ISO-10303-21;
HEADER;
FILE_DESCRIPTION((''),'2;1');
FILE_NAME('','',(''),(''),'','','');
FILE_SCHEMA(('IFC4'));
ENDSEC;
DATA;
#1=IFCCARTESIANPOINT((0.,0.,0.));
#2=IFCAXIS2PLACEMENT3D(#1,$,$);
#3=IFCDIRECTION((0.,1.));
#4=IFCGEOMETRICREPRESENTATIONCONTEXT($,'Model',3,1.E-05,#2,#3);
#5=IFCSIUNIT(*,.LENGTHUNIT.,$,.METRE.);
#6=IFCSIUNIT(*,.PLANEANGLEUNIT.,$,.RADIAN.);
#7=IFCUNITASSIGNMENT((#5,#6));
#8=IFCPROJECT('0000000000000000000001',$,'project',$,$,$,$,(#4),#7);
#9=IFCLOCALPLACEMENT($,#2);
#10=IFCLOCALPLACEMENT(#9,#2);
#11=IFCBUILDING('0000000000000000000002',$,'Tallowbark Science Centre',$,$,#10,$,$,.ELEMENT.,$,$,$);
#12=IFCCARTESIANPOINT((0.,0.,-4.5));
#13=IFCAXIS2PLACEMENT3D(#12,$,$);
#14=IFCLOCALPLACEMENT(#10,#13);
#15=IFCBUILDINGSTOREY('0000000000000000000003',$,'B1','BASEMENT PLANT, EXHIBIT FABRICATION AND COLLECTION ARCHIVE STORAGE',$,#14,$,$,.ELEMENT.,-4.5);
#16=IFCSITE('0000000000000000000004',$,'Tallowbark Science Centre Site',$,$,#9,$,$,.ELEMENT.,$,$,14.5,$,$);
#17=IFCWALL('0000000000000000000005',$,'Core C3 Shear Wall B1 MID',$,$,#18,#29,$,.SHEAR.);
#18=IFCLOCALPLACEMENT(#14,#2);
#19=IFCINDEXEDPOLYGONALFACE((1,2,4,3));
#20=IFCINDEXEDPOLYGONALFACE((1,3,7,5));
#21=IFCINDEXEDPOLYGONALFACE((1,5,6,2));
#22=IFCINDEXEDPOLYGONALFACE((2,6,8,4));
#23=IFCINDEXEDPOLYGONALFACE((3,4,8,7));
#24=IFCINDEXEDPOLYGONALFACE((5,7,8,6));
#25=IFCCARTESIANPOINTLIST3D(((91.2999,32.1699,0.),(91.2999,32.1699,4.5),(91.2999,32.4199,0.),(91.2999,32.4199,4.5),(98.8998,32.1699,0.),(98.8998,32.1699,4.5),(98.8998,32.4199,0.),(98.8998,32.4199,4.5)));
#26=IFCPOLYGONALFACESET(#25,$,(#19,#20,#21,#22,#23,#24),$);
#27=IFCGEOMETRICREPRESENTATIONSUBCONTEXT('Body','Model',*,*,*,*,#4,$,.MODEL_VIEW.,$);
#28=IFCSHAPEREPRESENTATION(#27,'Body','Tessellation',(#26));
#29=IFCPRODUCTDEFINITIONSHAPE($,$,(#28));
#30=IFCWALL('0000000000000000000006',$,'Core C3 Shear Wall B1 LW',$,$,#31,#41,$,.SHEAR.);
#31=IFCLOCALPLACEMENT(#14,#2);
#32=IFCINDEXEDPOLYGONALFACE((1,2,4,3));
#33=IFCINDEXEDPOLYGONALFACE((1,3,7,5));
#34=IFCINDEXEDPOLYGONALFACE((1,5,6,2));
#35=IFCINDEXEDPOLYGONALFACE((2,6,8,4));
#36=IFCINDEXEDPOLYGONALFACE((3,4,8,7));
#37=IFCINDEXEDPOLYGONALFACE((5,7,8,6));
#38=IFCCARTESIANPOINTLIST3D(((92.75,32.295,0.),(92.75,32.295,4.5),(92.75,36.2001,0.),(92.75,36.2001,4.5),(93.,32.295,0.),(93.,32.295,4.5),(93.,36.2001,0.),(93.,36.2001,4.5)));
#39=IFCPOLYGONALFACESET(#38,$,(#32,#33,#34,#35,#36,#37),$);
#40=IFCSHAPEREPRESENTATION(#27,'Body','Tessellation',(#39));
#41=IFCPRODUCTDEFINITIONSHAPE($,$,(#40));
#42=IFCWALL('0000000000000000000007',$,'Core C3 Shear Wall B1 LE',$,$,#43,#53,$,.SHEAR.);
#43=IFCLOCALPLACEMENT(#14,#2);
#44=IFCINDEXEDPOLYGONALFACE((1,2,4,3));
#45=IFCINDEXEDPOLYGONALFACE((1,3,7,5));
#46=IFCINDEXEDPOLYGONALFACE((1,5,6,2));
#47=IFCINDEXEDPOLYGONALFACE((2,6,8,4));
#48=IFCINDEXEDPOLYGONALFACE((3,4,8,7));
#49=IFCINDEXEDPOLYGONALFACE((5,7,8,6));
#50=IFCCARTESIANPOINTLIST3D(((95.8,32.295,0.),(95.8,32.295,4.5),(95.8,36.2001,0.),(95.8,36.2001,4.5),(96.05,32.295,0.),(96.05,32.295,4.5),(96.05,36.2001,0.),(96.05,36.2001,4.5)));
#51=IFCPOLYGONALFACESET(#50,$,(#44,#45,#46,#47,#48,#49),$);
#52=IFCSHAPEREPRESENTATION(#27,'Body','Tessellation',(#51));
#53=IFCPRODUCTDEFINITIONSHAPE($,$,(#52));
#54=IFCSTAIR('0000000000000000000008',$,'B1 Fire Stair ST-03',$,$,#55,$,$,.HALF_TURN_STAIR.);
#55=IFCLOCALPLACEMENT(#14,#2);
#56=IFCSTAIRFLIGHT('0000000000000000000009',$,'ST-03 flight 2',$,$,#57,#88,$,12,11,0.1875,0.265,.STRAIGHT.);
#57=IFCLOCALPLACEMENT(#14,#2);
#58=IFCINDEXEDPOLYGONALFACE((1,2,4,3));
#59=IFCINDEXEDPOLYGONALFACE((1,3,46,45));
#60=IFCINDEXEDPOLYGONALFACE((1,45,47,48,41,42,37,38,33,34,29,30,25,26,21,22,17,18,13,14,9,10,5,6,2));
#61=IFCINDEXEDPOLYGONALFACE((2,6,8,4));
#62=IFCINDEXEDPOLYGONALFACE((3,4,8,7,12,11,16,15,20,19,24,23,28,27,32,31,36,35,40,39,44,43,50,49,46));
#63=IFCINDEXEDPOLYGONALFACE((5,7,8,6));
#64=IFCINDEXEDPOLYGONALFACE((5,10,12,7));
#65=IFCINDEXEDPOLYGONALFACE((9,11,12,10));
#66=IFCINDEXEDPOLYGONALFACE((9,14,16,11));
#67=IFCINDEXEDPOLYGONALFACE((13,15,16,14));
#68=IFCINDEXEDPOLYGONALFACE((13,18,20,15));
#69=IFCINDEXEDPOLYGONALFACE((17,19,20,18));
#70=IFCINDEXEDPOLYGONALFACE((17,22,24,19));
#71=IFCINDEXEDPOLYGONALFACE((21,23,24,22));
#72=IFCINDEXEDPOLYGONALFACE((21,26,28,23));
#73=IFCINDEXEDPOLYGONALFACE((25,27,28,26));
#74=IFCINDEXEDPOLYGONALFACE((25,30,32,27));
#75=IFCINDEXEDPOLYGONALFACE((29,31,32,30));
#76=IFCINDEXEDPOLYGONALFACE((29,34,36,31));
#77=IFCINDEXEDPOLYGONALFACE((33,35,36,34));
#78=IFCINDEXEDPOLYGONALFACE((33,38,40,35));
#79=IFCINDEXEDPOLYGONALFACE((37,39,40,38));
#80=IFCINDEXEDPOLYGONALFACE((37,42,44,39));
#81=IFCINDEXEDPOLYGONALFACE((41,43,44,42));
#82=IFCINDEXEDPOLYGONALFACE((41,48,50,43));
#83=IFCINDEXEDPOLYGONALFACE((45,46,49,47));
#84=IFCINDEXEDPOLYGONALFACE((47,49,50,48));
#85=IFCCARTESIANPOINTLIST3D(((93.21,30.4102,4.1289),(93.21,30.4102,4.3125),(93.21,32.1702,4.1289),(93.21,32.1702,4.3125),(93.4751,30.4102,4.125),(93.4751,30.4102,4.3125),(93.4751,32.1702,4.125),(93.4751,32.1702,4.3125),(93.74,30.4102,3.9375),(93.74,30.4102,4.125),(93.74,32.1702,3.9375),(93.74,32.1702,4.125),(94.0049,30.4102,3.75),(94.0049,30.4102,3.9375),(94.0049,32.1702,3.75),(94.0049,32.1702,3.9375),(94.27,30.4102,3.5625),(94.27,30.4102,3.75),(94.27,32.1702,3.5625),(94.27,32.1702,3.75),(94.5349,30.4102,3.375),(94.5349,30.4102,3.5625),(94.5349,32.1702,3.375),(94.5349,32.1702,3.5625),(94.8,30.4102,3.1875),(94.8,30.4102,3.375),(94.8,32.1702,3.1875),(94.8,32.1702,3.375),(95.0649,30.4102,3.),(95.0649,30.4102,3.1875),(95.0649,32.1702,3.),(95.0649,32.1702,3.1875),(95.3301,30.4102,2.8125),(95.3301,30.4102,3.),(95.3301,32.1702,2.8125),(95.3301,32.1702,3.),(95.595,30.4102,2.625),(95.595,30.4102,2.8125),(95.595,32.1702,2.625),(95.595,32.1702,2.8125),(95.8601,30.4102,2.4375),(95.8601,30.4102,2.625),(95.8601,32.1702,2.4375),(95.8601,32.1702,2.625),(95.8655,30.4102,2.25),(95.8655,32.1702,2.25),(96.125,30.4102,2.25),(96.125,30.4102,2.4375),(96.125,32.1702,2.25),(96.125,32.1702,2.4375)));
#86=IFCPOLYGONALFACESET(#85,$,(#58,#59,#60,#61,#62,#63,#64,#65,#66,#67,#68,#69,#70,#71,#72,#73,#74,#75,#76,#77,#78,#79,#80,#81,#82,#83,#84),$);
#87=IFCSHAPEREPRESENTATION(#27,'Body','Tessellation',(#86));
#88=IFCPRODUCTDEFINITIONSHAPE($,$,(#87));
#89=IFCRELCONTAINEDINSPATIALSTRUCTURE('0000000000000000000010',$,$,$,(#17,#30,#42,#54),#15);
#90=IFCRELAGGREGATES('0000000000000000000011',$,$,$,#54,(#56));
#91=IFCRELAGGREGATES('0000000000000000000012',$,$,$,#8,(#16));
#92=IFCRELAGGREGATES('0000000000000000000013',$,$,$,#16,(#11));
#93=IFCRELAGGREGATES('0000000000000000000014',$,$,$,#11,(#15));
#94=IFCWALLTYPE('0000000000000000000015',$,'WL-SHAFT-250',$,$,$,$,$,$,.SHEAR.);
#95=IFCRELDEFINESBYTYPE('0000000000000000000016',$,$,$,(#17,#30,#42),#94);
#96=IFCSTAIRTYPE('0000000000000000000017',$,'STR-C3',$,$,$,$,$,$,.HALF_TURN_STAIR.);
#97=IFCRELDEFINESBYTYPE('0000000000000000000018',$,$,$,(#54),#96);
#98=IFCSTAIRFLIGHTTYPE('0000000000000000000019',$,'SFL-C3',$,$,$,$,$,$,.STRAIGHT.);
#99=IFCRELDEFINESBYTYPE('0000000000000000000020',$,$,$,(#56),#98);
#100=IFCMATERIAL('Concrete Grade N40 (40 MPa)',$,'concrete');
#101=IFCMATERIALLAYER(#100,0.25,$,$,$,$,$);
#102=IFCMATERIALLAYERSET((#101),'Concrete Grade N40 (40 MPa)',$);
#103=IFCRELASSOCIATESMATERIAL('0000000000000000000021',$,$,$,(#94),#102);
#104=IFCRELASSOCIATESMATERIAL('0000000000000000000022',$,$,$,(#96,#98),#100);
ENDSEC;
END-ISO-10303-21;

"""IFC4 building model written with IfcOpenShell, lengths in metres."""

from ifc_helpers import new_model, si_unit, direction, frame, frame_2d, origin, place, context, subcontext, project, spatial, polyline, rectangle, outline, extrude, material, layer, layer_set, type_object, element, aggregate, save


model = new_model("IFC4")

# Units and contexts
model_context = context("Model", 3, precision=1e-05, world=origin(), true_north=direction((0.0, 1.0)))
body_context = subcontext(model_context, "Body", "Model", "MODEL_VIEW")
ifc_project = project(units=[si_unit("LENGTHUNIT", "METRE"), si_unit("PLANEANGLEUNIT", "RADIAN")], contexts=[model_context])

# Site, building, storey
site_placement = place(None, origin())
site = spatial("IfcSite", under=ifc_project, at=site_placement, Name="Tallowbark Science Centre Site", CompositionType="ELEMENT", RefElevation=14.5)
building_placement = place(site_placement, origin())
building = spatial("IfcBuilding", under=site, at=building_placement, Name="Tallowbark Science Centre", CompositionType="ELEMENT")
storey_placement = place(building_placement, frame((0.0, 0.0, -4.5)))
storey = spatial("IfcBuildingStorey", under=building, at=storey_placement, Name="B1", Description="BASEMENT PLANT, EXHIBIT FABRICATION AND COLLECTION ARCHIVE STORAGE", CompositionType="ELEMENT", Elevation=-4.5)

# Shared definitions
ifc_material_1 = material(Name="Concrete Grade N40 (40 MPa)", Category="concrete")

# Walls
ifc_layer_1 = layer(ifc_material_1, 0.25)
ifc_layer_set_1 = layer_set([ifc_layer_1], Name="Concrete Grade N40 (40 MPa)")
wall_type = type_object("IfcWallType", Name="WL-SHAFT-250", PredefinedType="SHEAR", material=ifc_layer_set_1)
wall_placement = place(storey_placement, frame((91.3, 32.2949, 0.0), z_axis=(0.0, 0.0, 1.0), x_axis=(1.0, 0.0, 0.0)))
element("IfcWall", 1, at=wall_placement, inside=storey, type_object=wall_type, Name="Core C3 Shear Wall B1 MID", PredefinedType="SHEAR", context=body_context, shape_type="SweptSolid", body=[
    extrude(rectangle(XDim=7.5999, YDim=0.25, at=frame_2d((3.7998, 0.0))), origin(), (0.0, 0.0, 1.0), 4.5),
])
for number, where, z_axis, x_axis, name in (
    (2, (92.875, 32.2949, 0.0), (0.0, 0.0, 1.0), (0.0, 1.0, 0.0), "Core C3 Shear Wall B1 LW"),
    (3, (95.925, 32.2949, 0.0), (0.0, 0.0, 1.0), (0.0, 1.0, 0.0), "Core C3 Shear Wall B1 LE"),
):
    element("IfcWall", number, at=place(storey_placement, frame(where, z_axis=z_axis, x_axis=x_axis)), inside=storey, type_object=wall_type, Name=name, PredefinedType="SHEAR", context=body_context, shape_type="SweptSolid", body=[
        extrude(rectangle(XDim=3.905, YDim=0.25, at=frame_2d((1.9526, 0.0))), origin(), (0.0, 0.0, 1.0), 4.5),
    ])

# Stair, stair flight
stair_type = type_object("IfcStairType", Name="STR-C3", PredefinedType="HALF_TURN_STAIR", material=ifc_material_1)
stair_placement = place(storey_placement, origin())
stair = element("IfcStair", 4, at=stair_placement, inside=storey, type_object=stair_type, Name="B1 Fire Stair ST-03", PredefinedType="HALF_TURN_STAIR")
stair_flight_type = type_object("IfcStairFlightType", Name="SFL-C3", PredefinedType="STRAIGHT", material=ifc_material_1)
stair_flight_placement = place(storey_placement, frame((96.125, 31.29, 2.25), z_axis=(0.0, 0.0, 1.0), x_axis=(-1.0, 0.0, 0.0)))
stair_flight = element("IfcStairFlight", 5, at=stair_flight_placement, type_object=stair_flight_type, Name="ST-03 flight 2", NumberOfRisers=12, NumberOfTreads=11, PredefinedType="STRAIGHT", RiserHeight=0.1875, TreadLength=0.265, context=body_context, shape_type="SweptSolid", body=[
    extrude(outline(polyline([(0.0, 0.0), (0.0, 0.1875), (0.2649, 0.1875), (0.2649, 0.375), (0.53, 0.375), (0.53, 0.5625), (0.7949, 0.5625), (0.7949, 0.75), (1.0601, 0.75), (1.0601, 0.9375), (1.325, 0.9375), (1.325, 1.125), (1.5901, 1.125), (1.5901, 1.3125), (1.855, 1.3125), (1.855, 1.5), (2.1201, 1.5), (2.1201, 1.6875), (2.385, 1.6875), (2.385, 1.875), (2.6499, 1.875), (2.6499, 2.0625), (2.915, 2.0625), (2.915, 2.25), (2.915, 1.8789), (0.2595, 0.0), (0.0, 0.0)])), frame((0.0, 0.8799, 0.0), z_axis=(0.0, -1.0, 0.0), x_axis=(1.0, 0.0, 0.0)), (0.0, 0.0, 1.0), 1.76),
])
aggregate(stair, [stair_flight])

save(model, "model.ifc")
